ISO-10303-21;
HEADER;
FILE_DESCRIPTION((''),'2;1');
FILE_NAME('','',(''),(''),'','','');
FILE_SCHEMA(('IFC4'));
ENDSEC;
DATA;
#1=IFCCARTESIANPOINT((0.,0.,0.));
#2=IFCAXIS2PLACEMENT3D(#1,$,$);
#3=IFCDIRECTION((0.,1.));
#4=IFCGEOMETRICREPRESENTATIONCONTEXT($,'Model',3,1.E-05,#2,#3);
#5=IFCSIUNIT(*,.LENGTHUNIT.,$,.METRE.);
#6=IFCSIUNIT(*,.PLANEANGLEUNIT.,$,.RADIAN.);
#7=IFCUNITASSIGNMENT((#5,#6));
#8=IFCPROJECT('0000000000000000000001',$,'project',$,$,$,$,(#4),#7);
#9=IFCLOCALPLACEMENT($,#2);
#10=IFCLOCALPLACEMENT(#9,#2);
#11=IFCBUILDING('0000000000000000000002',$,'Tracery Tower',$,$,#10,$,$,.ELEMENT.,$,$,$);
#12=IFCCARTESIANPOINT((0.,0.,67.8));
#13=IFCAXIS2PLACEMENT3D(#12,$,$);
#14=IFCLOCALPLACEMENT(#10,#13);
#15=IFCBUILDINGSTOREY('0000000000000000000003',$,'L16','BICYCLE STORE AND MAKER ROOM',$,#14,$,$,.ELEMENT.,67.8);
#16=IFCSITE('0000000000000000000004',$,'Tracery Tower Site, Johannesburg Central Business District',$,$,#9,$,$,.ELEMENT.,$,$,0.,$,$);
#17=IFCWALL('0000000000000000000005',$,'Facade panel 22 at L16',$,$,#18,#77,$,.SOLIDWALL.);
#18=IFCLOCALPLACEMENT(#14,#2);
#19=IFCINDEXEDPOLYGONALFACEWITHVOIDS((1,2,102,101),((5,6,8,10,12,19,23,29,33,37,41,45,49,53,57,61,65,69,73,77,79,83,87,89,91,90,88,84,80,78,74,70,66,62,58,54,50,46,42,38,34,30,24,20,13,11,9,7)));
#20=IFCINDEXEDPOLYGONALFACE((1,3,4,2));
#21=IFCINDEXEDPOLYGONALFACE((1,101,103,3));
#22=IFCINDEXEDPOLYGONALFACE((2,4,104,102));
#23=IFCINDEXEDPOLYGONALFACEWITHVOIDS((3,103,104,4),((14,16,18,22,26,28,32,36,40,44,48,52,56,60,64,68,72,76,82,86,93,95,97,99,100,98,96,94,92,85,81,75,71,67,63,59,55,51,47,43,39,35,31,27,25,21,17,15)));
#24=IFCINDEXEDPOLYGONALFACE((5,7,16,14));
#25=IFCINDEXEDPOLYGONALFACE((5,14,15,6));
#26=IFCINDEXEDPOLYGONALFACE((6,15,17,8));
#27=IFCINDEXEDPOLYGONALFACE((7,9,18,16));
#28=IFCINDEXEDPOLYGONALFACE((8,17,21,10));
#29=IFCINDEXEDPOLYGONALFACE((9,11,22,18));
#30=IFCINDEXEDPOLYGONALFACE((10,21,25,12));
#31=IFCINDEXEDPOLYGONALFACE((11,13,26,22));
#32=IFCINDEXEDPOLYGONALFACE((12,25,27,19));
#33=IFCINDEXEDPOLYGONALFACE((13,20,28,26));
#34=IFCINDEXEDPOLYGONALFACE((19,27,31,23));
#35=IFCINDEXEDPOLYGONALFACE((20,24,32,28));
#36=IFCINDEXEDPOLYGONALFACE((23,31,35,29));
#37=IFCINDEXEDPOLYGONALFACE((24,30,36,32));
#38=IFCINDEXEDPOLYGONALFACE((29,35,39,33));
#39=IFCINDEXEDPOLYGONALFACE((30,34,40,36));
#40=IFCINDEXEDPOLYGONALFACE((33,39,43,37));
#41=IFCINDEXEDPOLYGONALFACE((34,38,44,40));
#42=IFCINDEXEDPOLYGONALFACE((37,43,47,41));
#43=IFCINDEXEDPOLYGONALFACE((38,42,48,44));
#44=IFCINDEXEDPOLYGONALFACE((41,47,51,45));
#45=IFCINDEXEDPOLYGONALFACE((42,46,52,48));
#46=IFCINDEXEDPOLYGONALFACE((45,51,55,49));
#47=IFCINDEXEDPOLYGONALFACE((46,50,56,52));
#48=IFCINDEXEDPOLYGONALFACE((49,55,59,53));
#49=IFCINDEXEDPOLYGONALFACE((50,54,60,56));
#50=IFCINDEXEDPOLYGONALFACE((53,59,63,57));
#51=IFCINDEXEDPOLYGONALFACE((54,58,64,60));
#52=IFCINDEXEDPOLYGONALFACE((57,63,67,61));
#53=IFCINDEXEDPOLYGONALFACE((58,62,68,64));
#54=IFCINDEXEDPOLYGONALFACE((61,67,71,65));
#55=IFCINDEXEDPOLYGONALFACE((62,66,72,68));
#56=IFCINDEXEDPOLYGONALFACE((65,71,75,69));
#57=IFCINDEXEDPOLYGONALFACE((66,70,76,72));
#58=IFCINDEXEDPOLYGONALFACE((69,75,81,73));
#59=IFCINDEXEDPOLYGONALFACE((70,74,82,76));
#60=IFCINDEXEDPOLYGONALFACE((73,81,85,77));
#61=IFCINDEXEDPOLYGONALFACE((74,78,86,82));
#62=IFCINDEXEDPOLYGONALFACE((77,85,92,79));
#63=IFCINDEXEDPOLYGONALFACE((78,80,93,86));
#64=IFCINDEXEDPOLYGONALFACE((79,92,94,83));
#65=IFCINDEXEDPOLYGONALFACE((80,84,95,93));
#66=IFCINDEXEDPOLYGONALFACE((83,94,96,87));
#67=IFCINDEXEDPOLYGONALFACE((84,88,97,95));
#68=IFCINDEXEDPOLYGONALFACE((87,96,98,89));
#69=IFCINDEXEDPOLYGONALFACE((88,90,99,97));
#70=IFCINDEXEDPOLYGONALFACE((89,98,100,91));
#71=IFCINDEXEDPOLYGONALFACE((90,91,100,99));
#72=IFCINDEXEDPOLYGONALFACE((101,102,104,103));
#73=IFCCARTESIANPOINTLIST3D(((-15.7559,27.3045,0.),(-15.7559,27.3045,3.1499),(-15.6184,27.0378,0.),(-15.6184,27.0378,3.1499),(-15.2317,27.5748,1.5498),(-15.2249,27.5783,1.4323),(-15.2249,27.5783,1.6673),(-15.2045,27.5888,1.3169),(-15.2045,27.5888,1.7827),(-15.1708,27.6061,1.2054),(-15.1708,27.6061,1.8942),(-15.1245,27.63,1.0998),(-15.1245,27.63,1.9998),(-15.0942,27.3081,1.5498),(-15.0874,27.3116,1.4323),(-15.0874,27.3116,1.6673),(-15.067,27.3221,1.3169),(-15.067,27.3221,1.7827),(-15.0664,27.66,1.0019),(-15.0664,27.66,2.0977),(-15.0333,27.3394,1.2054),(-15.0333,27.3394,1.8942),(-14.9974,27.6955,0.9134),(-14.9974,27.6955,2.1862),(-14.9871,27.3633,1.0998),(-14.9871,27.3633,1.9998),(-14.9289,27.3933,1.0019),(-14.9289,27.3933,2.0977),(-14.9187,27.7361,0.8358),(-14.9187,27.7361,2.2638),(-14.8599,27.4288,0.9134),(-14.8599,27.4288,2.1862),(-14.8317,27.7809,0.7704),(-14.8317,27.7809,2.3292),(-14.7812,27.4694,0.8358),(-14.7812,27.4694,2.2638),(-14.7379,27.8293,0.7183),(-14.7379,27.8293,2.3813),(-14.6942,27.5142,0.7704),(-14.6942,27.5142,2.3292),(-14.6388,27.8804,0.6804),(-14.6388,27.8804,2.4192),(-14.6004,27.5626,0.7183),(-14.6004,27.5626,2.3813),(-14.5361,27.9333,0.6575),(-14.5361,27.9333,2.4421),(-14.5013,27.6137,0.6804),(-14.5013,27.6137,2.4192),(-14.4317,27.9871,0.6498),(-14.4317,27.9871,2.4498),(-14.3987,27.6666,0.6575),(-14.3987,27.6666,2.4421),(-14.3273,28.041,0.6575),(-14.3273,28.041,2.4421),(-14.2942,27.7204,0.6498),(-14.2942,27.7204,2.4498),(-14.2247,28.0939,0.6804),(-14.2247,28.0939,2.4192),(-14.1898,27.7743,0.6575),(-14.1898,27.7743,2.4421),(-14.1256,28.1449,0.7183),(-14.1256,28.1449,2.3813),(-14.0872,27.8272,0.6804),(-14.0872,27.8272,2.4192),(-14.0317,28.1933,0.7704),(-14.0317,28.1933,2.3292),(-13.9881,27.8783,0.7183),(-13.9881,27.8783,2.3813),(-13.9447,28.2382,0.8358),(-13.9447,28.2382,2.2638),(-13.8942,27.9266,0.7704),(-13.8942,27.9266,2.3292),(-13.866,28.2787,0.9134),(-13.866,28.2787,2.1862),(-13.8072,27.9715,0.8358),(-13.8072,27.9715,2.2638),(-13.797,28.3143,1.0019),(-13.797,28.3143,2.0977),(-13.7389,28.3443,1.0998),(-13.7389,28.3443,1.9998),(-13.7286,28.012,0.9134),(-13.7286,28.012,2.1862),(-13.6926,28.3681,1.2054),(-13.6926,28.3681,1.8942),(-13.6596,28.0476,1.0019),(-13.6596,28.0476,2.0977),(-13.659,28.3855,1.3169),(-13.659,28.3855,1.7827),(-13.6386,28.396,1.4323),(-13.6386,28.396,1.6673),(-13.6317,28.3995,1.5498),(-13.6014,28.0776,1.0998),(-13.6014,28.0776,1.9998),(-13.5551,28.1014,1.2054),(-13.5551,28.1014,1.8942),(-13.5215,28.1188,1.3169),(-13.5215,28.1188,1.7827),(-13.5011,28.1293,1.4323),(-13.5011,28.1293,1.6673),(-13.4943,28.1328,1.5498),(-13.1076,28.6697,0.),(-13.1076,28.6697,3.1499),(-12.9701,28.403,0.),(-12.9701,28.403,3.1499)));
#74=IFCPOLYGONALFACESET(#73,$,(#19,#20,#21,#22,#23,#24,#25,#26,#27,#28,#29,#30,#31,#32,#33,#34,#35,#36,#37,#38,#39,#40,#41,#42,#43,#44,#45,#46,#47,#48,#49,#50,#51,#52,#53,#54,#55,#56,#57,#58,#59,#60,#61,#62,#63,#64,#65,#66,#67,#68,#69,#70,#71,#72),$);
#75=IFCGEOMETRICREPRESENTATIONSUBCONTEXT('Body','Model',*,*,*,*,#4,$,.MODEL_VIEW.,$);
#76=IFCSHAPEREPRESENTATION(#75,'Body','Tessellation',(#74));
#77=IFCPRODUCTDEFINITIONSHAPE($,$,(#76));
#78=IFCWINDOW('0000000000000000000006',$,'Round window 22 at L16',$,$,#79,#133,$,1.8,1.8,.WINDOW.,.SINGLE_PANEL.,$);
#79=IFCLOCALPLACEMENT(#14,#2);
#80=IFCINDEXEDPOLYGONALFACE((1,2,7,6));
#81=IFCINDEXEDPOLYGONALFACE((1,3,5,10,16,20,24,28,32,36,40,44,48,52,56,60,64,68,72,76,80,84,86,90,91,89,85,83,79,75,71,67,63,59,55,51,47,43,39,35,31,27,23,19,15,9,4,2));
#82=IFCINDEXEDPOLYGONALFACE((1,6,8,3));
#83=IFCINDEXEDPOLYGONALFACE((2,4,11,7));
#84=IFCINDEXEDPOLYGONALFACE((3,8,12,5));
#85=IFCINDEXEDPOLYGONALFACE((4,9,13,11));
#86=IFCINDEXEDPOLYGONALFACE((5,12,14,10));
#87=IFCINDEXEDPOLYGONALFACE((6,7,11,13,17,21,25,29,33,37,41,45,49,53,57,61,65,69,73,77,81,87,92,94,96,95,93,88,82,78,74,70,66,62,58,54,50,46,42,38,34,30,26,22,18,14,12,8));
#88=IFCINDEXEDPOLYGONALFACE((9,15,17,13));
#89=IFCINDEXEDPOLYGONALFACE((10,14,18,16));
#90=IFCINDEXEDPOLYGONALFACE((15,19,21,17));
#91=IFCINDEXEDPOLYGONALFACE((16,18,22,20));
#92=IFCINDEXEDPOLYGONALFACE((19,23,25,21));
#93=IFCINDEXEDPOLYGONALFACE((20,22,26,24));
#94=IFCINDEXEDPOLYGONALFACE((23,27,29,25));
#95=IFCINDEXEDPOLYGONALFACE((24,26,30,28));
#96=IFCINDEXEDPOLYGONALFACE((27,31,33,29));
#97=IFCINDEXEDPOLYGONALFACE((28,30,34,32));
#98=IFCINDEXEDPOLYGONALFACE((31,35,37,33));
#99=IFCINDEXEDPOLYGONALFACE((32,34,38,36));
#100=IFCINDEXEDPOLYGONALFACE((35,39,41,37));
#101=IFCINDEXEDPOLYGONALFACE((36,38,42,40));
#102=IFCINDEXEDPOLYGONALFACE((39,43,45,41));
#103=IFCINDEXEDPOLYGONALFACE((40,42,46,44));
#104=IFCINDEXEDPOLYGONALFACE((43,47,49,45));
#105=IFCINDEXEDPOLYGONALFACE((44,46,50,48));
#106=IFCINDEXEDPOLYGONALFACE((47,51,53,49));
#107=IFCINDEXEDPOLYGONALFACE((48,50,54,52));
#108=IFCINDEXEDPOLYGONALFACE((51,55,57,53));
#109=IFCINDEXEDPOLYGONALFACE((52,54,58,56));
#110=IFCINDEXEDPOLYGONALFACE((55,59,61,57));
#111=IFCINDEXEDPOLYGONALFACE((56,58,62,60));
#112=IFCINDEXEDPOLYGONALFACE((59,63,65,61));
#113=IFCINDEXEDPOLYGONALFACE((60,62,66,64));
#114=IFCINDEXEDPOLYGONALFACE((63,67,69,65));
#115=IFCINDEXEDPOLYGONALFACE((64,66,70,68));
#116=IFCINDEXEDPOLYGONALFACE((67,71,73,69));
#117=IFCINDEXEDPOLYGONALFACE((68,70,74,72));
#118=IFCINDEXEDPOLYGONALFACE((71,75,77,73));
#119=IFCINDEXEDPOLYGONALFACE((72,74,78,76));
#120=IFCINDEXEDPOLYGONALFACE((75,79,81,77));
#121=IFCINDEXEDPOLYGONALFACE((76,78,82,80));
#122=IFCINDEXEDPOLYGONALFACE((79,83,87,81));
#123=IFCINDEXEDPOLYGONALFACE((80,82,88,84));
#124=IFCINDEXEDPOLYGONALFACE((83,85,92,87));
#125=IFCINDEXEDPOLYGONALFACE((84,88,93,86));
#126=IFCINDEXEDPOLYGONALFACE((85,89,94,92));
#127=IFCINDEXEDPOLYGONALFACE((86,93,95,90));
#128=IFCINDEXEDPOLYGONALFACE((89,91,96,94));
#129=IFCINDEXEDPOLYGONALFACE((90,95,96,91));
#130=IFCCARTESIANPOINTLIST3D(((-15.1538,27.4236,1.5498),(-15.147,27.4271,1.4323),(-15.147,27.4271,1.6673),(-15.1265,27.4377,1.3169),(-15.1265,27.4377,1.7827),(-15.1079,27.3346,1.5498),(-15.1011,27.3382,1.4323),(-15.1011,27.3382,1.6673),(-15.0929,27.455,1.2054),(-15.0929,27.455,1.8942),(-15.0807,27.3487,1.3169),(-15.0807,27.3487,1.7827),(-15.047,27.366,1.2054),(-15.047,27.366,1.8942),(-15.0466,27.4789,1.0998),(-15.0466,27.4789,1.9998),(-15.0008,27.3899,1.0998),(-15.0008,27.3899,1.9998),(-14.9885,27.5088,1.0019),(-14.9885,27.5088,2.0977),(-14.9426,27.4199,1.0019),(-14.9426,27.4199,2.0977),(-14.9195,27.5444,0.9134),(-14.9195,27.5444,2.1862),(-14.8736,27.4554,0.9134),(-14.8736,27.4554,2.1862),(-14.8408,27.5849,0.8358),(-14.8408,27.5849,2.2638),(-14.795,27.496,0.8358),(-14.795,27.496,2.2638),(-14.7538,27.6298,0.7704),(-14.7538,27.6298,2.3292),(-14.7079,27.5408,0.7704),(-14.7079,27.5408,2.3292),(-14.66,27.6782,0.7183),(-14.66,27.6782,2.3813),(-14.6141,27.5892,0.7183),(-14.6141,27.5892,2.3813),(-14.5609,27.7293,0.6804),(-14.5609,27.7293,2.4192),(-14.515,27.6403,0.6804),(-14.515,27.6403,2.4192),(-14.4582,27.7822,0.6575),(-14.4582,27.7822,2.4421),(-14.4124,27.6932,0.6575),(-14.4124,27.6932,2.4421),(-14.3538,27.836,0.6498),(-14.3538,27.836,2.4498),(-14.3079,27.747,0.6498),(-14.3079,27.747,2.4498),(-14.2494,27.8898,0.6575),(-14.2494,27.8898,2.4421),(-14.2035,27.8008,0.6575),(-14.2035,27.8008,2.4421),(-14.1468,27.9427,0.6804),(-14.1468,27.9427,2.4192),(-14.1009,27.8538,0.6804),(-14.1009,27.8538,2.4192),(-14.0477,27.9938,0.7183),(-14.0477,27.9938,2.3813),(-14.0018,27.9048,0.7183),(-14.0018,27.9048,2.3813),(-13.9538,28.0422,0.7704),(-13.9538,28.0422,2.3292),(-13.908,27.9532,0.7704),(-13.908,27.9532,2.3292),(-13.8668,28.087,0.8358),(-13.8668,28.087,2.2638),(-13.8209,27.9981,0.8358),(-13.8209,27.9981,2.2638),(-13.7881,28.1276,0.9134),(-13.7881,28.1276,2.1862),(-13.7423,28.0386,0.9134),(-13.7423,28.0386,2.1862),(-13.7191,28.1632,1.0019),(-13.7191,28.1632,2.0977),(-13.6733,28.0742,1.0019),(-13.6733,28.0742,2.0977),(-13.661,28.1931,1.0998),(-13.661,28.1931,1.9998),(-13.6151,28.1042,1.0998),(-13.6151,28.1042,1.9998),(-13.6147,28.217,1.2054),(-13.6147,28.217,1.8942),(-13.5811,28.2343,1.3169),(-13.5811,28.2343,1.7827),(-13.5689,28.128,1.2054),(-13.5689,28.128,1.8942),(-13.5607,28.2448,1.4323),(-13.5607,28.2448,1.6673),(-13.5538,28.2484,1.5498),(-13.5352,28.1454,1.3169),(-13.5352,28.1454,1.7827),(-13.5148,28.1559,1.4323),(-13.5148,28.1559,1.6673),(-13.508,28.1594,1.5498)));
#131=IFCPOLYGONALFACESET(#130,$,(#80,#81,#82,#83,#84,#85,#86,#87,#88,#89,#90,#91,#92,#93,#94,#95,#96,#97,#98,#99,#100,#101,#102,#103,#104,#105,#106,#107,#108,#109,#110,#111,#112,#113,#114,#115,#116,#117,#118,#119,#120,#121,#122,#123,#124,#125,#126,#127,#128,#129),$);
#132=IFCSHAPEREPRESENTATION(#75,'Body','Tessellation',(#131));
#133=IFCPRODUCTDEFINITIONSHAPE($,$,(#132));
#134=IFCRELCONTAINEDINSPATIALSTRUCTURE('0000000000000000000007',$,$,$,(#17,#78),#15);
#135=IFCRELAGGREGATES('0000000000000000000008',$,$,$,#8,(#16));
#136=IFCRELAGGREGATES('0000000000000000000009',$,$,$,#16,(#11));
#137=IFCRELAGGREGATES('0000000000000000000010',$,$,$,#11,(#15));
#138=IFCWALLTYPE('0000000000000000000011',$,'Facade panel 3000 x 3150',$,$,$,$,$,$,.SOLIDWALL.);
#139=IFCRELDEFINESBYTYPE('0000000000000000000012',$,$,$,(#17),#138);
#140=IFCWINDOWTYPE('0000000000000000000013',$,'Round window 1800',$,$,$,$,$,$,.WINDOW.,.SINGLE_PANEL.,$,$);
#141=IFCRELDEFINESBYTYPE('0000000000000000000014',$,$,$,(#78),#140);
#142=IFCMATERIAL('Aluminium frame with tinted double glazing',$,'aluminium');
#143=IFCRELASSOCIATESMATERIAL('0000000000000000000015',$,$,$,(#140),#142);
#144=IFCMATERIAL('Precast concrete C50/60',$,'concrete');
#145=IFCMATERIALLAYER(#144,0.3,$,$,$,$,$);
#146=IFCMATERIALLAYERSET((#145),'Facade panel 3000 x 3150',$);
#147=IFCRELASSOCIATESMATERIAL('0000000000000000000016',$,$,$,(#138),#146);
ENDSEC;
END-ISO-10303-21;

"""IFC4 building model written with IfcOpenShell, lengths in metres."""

from ifc_helpers import new_model, si_unit, direction, frame, frame_2d, origin, origin_2d, place, context, subcontext, project, spatial, rectangle, circle, extrude, material, layer, layer_set, type_object, element, fill, save


model = new_model("IFC4")

# Units and contexts
model_context = context("Model", 3, precision=1e-05, world=origin(), true_north=direction((0.0, 1.0)))
body_context = subcontext(model_context, "Body", "Model", "MODEL_VIEW")
ifc_project = project(units=[si_unit("LENGTHUNIT", "METRE"), si_unit("PLANEANGLEUNIT", "RADIAN")], contexts=[model_context])

# Site, building, storey
site_placement = place(None, origin())
site = spatial("IfcSite", under=ifc_project, at=site_placement, Name="Tracery Tower Site, Johannesburg Central Business District", CompositionType="ELEMENT", RefElevation=0.0)
building_placement = place(site_placement, origin())
building = spatial("IfcBuilding", under=site, at=building_placement, Name="Tracery Tower", CompositionType="ELEMENT")
storey_placement = place(building_placement, frame((0.0, 0.0, 67.8)))
storey = spatial("IfcBuildingStorey", under=building, at=storey_placement, Name="L16", Description="BICYCLE STORE AND MAKER ROOM", CompositionType="ELEMENT", Elevation=67.8)

# Wall, opening, window
ifc_material_1 = material(Name="Aluminium frame with tinted double glazing", Category="aluminium")
window_type = type_object("IfcWindowType", Name="Round window 1800", PartitioningType="SINGLE_PANEL", PredefinedType="WINDOW", material=ifc_material_1)
ifc_material_2 = material(Name="Precast concrete C50/60", Category="concrete")
ifc_layer_1 = layer(ifc_material_2, 0.3)
ifc_layer_set_1 = layer_set([ifc_layer_1], Name="Facade panel 3000 x 3150")
wall_type_1 = type_object("IfcWallType", Name="Facade panel 3000 x 3150", PredefinedType="SOLIDWALL", material=ifc_layer_set_1)
wall_1_placement = place(storey_placement, frame((-13.0388, 28.5364, 0.0), z_axis=(0.0, 0.0, 1.0), x_axis=(-0.888853, -0.458192, 0.0)))
wall_1 = element("IfcWall", 1, at=wall_1_placement, inside=storey, type_object=wall_type_1, Name="Facade panel 22 at L16", PredefinedType="SOLIDWALL", context=body_context, shape_type="SweptSolid", body=[
    extrude(rectangle(XDim=2.9795, YDim=0.3, at=frame_2d((1.4897, 0.0))), origin(), (0.0, 0.0, 1.0), 3.1499),
])
opening_1_placement = place(wall_1_placement, frame((1.4897, 0.0, 1.5498)))
opening_1 = element("IfcOpeningElement", 2, at=opening_1_placement, cuts=wall_1, PredefinedType="OPENING", context=body_context, shape_type="SweptSolid", body=[
    extrude(circle(Radius=0.9, at=origin_2d()), frame((0.0, 0.1599, 0.0), z_axis=(0.0, -1.0, 0.0), x_axis=(1.0, 0.0, 0.0)), (0.0, 0.0, 1.0), 0.3201),
])
window_1_placement = place(opening_1_placement, origin())
window_1 = element("IfcWindow", 3, at=window_1_placement, inside=storey, type_object=window_type, Name="Round window 22 at L16", OverallHeight=1.8, OverallWidth=1.8, PartitioningType="SINGLE_PANEL", PredefinedType="WINDOW", context=body_context, shape_type="SweptSolid", body=[
    extrude(circle(Radius=0.9, at=origin_2d()), frame((0.0, 0.1201, 0.0), z_axis=(0.0, -1.0, 0.0), x_axis=(1.0, 0.0, 0.0)), (0.0, 0.0, 1.0), 0.1001),
])
fill(opening_1, window_1)

save(model, "model.ifc")
